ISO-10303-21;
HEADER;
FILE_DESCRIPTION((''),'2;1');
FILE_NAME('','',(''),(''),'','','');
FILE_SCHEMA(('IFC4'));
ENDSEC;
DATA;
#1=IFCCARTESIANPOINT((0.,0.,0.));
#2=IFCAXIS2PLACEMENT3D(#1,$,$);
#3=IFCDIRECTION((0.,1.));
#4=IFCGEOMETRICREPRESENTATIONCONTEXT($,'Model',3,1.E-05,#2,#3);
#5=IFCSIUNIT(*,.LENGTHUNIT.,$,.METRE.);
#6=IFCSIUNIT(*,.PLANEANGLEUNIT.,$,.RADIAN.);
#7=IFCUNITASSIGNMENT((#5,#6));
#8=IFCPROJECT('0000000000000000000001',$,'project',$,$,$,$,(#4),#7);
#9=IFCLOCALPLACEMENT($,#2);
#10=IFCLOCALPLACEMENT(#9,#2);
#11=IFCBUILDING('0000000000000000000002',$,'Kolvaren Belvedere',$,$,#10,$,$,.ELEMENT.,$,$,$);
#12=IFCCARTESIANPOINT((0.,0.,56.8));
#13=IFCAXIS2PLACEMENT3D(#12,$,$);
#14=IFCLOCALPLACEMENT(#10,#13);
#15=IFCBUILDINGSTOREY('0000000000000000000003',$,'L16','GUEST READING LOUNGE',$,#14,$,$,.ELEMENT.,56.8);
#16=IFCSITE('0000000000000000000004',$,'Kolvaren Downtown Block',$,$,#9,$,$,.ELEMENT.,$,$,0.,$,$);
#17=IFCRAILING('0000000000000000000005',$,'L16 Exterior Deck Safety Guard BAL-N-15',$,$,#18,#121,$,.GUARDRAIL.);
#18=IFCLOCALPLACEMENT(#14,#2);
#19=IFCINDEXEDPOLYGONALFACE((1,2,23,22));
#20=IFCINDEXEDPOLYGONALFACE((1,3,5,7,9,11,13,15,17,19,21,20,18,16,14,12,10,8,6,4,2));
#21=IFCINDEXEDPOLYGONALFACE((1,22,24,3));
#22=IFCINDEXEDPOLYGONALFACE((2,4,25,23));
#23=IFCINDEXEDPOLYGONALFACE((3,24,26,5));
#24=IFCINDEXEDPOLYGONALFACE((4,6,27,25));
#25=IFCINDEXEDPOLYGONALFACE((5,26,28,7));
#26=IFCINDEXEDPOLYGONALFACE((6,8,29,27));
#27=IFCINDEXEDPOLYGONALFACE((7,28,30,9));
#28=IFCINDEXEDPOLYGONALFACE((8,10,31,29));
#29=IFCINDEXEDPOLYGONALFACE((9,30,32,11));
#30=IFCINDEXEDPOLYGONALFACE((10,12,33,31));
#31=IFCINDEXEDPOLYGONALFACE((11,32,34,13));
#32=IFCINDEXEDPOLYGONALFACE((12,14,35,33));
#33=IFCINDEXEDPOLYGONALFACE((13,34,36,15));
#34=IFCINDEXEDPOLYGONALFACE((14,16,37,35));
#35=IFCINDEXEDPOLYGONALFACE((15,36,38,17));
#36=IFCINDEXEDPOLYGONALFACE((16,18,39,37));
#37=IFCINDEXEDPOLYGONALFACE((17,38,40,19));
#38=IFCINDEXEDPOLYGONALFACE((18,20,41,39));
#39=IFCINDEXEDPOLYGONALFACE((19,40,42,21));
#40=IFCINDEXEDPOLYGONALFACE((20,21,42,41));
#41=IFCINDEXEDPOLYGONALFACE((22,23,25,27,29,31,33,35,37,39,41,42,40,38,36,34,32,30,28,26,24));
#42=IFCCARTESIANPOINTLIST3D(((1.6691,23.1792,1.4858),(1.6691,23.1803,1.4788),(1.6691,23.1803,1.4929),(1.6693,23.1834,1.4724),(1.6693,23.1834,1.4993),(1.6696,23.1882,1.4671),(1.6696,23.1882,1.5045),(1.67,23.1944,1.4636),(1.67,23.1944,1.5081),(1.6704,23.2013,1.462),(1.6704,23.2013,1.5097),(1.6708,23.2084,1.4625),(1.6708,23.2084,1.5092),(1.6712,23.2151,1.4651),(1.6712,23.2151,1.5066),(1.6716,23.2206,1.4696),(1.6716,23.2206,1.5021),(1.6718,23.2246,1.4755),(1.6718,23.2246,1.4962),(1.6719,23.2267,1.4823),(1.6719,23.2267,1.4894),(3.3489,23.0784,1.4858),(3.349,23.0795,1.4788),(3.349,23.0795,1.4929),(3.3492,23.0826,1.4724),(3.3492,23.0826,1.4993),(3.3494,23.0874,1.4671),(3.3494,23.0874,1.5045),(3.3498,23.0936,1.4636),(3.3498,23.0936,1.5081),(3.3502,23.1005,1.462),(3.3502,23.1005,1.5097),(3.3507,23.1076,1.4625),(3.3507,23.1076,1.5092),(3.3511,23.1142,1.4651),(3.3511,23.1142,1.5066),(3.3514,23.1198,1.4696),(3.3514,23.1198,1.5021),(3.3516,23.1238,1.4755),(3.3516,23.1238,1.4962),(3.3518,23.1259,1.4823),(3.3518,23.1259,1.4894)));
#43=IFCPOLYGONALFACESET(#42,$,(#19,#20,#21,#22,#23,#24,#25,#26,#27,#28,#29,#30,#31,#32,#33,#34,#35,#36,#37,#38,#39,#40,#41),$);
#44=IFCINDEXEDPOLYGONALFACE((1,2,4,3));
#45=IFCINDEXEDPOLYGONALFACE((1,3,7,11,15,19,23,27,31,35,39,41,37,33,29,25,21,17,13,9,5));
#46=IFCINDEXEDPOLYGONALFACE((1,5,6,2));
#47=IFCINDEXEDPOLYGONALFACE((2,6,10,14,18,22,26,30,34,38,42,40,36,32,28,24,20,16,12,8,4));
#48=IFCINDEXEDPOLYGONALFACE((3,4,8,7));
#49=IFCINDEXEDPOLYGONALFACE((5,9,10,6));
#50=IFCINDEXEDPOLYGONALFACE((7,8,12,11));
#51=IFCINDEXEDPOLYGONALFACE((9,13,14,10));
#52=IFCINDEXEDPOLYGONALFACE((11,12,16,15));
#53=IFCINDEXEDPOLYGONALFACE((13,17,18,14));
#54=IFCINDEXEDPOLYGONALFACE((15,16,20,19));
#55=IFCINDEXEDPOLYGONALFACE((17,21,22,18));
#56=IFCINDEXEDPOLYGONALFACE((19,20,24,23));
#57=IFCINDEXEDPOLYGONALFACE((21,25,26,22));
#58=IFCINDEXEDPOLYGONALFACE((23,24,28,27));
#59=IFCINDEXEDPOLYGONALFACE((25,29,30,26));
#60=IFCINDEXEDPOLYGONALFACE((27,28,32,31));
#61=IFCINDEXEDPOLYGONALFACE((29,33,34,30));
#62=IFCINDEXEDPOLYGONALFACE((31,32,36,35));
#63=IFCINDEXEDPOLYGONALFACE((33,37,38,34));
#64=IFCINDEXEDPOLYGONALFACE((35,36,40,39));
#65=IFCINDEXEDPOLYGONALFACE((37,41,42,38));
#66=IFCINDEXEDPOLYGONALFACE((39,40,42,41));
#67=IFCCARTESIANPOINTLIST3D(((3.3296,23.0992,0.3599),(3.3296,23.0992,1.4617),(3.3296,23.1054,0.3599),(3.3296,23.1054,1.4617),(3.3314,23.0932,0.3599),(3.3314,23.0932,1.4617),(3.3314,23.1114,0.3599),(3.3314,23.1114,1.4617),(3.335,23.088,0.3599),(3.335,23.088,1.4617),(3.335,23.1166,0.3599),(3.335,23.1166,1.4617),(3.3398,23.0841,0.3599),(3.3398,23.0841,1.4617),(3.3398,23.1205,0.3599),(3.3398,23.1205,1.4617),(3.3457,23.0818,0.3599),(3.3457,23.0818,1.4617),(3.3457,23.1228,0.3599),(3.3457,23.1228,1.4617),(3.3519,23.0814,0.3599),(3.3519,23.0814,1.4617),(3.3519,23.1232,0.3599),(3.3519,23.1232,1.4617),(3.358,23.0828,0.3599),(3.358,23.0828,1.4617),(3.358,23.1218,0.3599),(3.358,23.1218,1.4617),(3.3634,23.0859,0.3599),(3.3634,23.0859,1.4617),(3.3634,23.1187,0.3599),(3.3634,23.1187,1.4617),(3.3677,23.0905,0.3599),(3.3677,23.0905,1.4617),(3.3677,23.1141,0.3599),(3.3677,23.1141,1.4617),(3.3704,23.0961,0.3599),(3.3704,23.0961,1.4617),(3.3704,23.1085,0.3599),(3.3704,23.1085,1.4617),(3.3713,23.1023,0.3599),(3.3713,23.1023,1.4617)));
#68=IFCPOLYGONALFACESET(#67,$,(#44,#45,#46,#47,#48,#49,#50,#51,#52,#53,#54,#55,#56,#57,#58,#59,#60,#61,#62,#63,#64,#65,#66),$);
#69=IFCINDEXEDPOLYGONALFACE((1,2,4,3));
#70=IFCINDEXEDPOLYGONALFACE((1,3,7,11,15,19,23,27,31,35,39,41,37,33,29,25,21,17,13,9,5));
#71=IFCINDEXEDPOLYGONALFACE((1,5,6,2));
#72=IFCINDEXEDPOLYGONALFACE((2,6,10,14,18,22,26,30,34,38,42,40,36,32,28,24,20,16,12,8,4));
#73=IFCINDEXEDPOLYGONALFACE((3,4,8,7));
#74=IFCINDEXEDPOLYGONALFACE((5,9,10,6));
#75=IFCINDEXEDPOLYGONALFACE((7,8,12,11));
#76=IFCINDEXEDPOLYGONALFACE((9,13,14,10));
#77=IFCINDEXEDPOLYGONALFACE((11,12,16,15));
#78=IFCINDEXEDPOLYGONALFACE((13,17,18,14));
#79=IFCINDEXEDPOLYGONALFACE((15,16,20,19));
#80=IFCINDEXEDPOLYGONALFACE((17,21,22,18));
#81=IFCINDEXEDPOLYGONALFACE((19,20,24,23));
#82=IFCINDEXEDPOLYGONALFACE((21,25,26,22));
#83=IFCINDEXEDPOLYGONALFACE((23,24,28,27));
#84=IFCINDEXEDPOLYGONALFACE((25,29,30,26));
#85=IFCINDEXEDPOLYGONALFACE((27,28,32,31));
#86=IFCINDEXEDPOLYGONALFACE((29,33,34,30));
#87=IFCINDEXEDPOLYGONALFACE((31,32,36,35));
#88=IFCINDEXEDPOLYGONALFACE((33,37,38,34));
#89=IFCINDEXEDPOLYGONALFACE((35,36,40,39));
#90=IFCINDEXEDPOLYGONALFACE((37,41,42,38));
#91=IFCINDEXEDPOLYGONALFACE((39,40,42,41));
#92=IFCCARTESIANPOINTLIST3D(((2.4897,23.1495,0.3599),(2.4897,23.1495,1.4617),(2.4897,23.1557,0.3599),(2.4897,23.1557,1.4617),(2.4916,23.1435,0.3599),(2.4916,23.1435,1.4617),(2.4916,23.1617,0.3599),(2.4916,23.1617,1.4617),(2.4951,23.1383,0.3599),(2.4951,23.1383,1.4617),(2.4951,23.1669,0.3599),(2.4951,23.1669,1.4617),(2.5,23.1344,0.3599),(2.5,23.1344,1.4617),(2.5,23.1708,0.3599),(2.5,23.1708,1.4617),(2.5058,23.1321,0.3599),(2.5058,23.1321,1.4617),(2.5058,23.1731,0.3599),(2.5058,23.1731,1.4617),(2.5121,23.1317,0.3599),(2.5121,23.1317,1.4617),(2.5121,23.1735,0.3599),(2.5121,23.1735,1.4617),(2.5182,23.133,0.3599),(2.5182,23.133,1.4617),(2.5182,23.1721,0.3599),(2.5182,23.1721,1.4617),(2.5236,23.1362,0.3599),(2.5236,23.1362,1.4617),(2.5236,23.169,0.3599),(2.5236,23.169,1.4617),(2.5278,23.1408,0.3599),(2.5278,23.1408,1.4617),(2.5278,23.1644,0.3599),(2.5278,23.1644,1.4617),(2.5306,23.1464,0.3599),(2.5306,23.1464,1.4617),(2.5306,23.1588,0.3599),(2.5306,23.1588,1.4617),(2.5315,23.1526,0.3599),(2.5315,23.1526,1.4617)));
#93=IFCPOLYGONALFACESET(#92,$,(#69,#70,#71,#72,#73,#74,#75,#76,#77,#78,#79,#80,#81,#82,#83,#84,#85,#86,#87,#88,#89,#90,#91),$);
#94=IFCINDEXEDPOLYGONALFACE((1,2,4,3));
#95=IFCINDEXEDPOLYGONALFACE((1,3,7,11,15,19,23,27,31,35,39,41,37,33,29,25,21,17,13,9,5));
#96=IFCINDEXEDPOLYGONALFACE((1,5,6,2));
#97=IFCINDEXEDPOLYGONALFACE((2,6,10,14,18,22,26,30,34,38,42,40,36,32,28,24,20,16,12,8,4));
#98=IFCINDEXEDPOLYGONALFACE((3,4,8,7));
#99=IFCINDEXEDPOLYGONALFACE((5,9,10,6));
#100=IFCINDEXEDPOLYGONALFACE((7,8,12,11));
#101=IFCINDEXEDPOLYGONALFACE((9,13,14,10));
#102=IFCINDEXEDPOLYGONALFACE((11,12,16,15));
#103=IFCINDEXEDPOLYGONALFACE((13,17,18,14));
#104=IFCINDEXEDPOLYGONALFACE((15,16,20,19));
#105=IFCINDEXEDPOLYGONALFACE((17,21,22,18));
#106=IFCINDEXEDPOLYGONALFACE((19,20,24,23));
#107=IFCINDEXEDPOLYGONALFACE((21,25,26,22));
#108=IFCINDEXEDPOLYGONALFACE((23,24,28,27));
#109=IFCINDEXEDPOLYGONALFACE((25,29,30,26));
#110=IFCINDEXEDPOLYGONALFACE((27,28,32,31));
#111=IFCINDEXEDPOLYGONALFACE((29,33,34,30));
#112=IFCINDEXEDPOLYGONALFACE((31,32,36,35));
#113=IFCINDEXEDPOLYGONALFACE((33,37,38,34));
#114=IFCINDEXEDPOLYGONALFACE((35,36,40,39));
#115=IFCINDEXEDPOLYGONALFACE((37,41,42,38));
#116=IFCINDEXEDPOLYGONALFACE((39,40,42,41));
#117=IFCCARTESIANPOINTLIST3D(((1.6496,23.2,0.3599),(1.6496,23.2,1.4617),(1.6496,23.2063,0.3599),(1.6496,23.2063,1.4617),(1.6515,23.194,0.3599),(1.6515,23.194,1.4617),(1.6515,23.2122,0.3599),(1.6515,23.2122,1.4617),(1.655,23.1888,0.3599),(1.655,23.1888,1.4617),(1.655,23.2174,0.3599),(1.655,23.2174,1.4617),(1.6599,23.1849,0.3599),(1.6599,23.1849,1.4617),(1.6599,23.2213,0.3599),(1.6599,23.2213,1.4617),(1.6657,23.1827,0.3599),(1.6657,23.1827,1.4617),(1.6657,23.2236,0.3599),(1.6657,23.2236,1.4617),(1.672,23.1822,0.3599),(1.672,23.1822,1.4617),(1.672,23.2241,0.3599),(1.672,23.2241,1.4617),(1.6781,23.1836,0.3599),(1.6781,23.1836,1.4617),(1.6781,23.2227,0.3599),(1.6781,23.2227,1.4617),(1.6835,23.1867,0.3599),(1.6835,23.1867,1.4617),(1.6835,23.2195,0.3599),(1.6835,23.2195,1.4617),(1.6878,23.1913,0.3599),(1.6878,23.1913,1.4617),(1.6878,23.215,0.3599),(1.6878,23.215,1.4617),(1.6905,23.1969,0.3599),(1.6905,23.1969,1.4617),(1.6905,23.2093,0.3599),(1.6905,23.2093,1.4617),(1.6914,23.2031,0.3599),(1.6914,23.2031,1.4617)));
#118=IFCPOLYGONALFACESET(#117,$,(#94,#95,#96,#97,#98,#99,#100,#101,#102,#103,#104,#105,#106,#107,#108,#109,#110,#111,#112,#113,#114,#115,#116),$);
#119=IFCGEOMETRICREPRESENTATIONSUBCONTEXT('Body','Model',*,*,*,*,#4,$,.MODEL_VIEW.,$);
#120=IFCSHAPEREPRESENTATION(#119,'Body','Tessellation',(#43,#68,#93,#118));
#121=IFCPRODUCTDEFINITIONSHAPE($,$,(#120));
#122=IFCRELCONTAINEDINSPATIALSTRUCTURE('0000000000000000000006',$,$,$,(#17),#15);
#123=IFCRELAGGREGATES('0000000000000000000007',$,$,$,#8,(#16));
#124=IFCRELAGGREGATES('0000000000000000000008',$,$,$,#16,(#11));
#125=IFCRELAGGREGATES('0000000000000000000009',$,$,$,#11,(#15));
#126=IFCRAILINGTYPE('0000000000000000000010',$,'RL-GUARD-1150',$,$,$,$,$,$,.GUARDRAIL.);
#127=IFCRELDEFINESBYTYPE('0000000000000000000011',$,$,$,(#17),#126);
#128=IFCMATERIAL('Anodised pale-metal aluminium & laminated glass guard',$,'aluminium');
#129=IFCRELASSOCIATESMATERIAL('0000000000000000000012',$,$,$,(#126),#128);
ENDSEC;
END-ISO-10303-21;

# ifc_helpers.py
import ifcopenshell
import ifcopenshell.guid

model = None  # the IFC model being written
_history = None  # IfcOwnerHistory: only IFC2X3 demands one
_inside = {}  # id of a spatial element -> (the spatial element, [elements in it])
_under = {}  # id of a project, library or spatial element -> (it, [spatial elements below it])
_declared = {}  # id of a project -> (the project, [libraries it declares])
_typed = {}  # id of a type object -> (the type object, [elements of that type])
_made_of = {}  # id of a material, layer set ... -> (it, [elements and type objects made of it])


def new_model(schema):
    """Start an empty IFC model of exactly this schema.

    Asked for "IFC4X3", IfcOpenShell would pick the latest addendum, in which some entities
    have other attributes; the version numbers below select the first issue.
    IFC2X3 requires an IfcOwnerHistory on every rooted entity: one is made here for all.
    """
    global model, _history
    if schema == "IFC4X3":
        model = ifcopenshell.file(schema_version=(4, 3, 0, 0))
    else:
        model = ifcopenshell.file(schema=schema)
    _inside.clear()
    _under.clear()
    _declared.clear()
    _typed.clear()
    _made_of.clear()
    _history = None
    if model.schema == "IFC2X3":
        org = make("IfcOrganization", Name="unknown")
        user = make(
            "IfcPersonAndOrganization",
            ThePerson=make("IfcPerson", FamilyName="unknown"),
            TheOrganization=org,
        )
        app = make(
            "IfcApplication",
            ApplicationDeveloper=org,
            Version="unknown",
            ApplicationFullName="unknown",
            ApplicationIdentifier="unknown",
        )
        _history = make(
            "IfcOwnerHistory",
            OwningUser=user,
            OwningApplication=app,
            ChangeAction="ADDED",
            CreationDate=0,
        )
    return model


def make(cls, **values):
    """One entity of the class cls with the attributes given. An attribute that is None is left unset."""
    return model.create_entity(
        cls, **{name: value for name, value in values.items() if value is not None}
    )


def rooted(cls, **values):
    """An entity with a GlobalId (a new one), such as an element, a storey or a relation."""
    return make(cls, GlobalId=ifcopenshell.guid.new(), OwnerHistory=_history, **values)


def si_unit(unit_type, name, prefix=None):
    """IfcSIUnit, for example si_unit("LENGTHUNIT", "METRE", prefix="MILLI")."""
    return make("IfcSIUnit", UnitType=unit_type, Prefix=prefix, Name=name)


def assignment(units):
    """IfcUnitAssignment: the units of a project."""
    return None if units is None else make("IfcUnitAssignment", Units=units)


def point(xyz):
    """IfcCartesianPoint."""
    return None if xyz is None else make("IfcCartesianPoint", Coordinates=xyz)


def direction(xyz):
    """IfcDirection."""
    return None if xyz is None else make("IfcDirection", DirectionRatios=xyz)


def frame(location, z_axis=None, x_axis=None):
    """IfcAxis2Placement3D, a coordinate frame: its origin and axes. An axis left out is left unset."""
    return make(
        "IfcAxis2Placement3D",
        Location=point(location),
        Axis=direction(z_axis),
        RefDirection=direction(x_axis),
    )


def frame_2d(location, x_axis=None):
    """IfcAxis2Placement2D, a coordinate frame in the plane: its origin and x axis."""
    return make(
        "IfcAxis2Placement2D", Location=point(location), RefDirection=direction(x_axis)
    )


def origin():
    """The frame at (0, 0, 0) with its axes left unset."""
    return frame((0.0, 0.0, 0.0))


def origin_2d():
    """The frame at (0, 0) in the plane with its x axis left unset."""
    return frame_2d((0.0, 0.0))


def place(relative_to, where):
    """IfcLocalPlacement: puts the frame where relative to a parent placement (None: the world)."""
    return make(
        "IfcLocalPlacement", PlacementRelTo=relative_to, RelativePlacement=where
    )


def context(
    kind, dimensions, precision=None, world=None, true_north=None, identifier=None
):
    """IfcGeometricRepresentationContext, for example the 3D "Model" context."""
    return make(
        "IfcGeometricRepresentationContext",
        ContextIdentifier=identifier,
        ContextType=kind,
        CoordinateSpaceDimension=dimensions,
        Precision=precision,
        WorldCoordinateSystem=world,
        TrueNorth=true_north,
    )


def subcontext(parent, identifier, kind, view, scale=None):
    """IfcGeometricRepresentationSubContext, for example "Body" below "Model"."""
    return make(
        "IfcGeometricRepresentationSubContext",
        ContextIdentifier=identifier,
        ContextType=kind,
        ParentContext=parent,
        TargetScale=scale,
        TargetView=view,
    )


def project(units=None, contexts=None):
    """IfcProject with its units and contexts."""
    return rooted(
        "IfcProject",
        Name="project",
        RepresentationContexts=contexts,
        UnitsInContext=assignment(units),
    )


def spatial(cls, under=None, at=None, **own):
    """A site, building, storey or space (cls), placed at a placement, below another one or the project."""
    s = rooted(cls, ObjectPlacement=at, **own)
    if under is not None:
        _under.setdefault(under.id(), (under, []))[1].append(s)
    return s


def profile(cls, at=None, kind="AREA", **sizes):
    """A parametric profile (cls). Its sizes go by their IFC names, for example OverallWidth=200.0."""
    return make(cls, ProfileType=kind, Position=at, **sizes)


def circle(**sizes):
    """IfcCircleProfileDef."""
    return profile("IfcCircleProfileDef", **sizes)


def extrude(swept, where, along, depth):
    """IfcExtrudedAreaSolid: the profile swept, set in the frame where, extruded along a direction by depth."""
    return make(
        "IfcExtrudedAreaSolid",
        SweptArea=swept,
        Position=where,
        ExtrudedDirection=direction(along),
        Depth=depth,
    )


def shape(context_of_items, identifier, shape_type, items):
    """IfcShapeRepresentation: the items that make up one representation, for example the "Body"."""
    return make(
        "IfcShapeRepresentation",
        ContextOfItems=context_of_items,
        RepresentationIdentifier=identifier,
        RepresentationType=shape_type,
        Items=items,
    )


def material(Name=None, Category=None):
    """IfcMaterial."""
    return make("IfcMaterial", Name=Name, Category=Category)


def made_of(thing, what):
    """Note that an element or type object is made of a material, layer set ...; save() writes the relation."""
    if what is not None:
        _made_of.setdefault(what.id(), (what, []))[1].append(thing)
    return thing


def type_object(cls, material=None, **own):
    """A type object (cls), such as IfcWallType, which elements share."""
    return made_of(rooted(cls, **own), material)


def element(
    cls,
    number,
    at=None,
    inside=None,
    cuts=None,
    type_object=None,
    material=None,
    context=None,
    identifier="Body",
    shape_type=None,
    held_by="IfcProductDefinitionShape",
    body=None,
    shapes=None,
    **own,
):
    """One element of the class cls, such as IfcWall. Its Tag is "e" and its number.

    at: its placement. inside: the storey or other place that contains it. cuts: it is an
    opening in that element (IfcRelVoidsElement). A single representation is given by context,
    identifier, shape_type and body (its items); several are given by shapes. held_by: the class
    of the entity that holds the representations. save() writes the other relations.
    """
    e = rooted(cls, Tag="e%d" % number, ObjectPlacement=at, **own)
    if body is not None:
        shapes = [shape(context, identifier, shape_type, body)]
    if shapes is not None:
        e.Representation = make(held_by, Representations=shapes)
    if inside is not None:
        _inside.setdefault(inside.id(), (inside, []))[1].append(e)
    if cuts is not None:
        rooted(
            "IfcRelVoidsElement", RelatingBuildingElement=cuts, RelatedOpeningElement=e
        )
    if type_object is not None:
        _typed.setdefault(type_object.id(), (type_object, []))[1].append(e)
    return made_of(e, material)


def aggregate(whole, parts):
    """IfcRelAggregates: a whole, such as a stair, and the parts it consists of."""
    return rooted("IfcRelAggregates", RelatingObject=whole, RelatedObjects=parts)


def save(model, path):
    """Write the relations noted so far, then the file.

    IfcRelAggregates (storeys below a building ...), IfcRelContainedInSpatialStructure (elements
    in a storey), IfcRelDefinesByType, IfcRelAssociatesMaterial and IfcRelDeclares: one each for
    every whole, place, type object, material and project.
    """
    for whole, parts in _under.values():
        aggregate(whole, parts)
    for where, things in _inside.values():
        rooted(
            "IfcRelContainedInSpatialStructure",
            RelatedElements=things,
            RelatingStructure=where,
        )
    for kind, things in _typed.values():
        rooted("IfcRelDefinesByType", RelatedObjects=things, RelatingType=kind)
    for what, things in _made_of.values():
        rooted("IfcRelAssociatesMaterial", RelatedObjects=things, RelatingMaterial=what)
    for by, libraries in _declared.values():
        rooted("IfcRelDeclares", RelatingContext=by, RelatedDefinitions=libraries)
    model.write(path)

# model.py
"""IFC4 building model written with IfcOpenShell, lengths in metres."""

from ifc_helpers import new_model, si_unit, direction, frame, origin, origin_2d, place, context, subcontext, project, spatial, circle, extrude, material, type_object, element, save


model = new_model("IFC4")

# Units and contexts
model_context = context("Model", 3, precision=1e-05, world=origin(), true_north=direction((0.0, 1.0)))
body_context = subcontext(model_context, "Body", "Model", "MODEL_VIEW")
ifc_project = project(units=[si_unit("LENGTHUNIT", "METRE"), si_unit("PLANEANGLEUNIT", "RADIAN")], contexts=[model_context])

# Site, building, storey
site_placement = place(None, origin())
site = spatial("IfcSite", under=ifc_project, at=site_placement, Name="Kolvaren Downtown Block", CompositionType="ELEMENT", RefElevation=0.0)
building_placement = place(site_placement, origin())
building = spatial("IfcBuilding", under=site, at=building_placement, Name="Kolvaren Belvedere", CompositionType="ELEMENT")
storey_placement = place(building_placement, frame((0.0, 0.0, 56.8)))
storey = spatial("IfcBuildingStorey", under=building, at=storey_placement, Name="L16", Description="GUEST READING LOUNGE", CompositionType="ELEMENT", Elevation=56.8)

# Railing
ifc_material_1 = material(Name="Anodised pale-metal aluminium & laminated glass guard", Category="aluminium")
railing_type = type_object("IfcRailingType", Name="RL-GUARD-1150", PredefinedType="GUARDRAIL", material=ifc_material_1)
railing_1_placement = place(storey_placement, frame((3.3503, 23.1023, 0.3599)))
element("IfcRailing", 1, at=railing_1_placement, inside=storey, type_object=railing_type, Name="L16 Exterior Deck Safety Guard BAL-N-15", PredefinedType="GUARDRAIL", context=body_context, shape_type="SweptSolid", body=[
    extrude(circle(Radius=0.0239, at=origin_2d()), frame((0.0, 0.0, 1.126), z_axis=(-0.998204, 0.059913, 0.0), x_axis=(-0.059913, -0.998204, 0.0)), (0.0, 0.0, 1.0), 1.6829),
    extrude(circle(Radius=0.021, at=origin_2d()), origin(), (0.0, 0.0, 1.0), 1.1018),
    extrude(circle(Radius=0.021, at=origin_2d()), frame((-0.8398, 0.0503, 0.0)), (0.0, 0.0, 1.0), 1.1018),
    extrude(circle(Radius=0.021, at=origin_2d()), frame((-1.6799, 0.1008, 0.0)), (0.0, 0.0, 1.0), 1.1018),
])

save(model, "model.ifc")
